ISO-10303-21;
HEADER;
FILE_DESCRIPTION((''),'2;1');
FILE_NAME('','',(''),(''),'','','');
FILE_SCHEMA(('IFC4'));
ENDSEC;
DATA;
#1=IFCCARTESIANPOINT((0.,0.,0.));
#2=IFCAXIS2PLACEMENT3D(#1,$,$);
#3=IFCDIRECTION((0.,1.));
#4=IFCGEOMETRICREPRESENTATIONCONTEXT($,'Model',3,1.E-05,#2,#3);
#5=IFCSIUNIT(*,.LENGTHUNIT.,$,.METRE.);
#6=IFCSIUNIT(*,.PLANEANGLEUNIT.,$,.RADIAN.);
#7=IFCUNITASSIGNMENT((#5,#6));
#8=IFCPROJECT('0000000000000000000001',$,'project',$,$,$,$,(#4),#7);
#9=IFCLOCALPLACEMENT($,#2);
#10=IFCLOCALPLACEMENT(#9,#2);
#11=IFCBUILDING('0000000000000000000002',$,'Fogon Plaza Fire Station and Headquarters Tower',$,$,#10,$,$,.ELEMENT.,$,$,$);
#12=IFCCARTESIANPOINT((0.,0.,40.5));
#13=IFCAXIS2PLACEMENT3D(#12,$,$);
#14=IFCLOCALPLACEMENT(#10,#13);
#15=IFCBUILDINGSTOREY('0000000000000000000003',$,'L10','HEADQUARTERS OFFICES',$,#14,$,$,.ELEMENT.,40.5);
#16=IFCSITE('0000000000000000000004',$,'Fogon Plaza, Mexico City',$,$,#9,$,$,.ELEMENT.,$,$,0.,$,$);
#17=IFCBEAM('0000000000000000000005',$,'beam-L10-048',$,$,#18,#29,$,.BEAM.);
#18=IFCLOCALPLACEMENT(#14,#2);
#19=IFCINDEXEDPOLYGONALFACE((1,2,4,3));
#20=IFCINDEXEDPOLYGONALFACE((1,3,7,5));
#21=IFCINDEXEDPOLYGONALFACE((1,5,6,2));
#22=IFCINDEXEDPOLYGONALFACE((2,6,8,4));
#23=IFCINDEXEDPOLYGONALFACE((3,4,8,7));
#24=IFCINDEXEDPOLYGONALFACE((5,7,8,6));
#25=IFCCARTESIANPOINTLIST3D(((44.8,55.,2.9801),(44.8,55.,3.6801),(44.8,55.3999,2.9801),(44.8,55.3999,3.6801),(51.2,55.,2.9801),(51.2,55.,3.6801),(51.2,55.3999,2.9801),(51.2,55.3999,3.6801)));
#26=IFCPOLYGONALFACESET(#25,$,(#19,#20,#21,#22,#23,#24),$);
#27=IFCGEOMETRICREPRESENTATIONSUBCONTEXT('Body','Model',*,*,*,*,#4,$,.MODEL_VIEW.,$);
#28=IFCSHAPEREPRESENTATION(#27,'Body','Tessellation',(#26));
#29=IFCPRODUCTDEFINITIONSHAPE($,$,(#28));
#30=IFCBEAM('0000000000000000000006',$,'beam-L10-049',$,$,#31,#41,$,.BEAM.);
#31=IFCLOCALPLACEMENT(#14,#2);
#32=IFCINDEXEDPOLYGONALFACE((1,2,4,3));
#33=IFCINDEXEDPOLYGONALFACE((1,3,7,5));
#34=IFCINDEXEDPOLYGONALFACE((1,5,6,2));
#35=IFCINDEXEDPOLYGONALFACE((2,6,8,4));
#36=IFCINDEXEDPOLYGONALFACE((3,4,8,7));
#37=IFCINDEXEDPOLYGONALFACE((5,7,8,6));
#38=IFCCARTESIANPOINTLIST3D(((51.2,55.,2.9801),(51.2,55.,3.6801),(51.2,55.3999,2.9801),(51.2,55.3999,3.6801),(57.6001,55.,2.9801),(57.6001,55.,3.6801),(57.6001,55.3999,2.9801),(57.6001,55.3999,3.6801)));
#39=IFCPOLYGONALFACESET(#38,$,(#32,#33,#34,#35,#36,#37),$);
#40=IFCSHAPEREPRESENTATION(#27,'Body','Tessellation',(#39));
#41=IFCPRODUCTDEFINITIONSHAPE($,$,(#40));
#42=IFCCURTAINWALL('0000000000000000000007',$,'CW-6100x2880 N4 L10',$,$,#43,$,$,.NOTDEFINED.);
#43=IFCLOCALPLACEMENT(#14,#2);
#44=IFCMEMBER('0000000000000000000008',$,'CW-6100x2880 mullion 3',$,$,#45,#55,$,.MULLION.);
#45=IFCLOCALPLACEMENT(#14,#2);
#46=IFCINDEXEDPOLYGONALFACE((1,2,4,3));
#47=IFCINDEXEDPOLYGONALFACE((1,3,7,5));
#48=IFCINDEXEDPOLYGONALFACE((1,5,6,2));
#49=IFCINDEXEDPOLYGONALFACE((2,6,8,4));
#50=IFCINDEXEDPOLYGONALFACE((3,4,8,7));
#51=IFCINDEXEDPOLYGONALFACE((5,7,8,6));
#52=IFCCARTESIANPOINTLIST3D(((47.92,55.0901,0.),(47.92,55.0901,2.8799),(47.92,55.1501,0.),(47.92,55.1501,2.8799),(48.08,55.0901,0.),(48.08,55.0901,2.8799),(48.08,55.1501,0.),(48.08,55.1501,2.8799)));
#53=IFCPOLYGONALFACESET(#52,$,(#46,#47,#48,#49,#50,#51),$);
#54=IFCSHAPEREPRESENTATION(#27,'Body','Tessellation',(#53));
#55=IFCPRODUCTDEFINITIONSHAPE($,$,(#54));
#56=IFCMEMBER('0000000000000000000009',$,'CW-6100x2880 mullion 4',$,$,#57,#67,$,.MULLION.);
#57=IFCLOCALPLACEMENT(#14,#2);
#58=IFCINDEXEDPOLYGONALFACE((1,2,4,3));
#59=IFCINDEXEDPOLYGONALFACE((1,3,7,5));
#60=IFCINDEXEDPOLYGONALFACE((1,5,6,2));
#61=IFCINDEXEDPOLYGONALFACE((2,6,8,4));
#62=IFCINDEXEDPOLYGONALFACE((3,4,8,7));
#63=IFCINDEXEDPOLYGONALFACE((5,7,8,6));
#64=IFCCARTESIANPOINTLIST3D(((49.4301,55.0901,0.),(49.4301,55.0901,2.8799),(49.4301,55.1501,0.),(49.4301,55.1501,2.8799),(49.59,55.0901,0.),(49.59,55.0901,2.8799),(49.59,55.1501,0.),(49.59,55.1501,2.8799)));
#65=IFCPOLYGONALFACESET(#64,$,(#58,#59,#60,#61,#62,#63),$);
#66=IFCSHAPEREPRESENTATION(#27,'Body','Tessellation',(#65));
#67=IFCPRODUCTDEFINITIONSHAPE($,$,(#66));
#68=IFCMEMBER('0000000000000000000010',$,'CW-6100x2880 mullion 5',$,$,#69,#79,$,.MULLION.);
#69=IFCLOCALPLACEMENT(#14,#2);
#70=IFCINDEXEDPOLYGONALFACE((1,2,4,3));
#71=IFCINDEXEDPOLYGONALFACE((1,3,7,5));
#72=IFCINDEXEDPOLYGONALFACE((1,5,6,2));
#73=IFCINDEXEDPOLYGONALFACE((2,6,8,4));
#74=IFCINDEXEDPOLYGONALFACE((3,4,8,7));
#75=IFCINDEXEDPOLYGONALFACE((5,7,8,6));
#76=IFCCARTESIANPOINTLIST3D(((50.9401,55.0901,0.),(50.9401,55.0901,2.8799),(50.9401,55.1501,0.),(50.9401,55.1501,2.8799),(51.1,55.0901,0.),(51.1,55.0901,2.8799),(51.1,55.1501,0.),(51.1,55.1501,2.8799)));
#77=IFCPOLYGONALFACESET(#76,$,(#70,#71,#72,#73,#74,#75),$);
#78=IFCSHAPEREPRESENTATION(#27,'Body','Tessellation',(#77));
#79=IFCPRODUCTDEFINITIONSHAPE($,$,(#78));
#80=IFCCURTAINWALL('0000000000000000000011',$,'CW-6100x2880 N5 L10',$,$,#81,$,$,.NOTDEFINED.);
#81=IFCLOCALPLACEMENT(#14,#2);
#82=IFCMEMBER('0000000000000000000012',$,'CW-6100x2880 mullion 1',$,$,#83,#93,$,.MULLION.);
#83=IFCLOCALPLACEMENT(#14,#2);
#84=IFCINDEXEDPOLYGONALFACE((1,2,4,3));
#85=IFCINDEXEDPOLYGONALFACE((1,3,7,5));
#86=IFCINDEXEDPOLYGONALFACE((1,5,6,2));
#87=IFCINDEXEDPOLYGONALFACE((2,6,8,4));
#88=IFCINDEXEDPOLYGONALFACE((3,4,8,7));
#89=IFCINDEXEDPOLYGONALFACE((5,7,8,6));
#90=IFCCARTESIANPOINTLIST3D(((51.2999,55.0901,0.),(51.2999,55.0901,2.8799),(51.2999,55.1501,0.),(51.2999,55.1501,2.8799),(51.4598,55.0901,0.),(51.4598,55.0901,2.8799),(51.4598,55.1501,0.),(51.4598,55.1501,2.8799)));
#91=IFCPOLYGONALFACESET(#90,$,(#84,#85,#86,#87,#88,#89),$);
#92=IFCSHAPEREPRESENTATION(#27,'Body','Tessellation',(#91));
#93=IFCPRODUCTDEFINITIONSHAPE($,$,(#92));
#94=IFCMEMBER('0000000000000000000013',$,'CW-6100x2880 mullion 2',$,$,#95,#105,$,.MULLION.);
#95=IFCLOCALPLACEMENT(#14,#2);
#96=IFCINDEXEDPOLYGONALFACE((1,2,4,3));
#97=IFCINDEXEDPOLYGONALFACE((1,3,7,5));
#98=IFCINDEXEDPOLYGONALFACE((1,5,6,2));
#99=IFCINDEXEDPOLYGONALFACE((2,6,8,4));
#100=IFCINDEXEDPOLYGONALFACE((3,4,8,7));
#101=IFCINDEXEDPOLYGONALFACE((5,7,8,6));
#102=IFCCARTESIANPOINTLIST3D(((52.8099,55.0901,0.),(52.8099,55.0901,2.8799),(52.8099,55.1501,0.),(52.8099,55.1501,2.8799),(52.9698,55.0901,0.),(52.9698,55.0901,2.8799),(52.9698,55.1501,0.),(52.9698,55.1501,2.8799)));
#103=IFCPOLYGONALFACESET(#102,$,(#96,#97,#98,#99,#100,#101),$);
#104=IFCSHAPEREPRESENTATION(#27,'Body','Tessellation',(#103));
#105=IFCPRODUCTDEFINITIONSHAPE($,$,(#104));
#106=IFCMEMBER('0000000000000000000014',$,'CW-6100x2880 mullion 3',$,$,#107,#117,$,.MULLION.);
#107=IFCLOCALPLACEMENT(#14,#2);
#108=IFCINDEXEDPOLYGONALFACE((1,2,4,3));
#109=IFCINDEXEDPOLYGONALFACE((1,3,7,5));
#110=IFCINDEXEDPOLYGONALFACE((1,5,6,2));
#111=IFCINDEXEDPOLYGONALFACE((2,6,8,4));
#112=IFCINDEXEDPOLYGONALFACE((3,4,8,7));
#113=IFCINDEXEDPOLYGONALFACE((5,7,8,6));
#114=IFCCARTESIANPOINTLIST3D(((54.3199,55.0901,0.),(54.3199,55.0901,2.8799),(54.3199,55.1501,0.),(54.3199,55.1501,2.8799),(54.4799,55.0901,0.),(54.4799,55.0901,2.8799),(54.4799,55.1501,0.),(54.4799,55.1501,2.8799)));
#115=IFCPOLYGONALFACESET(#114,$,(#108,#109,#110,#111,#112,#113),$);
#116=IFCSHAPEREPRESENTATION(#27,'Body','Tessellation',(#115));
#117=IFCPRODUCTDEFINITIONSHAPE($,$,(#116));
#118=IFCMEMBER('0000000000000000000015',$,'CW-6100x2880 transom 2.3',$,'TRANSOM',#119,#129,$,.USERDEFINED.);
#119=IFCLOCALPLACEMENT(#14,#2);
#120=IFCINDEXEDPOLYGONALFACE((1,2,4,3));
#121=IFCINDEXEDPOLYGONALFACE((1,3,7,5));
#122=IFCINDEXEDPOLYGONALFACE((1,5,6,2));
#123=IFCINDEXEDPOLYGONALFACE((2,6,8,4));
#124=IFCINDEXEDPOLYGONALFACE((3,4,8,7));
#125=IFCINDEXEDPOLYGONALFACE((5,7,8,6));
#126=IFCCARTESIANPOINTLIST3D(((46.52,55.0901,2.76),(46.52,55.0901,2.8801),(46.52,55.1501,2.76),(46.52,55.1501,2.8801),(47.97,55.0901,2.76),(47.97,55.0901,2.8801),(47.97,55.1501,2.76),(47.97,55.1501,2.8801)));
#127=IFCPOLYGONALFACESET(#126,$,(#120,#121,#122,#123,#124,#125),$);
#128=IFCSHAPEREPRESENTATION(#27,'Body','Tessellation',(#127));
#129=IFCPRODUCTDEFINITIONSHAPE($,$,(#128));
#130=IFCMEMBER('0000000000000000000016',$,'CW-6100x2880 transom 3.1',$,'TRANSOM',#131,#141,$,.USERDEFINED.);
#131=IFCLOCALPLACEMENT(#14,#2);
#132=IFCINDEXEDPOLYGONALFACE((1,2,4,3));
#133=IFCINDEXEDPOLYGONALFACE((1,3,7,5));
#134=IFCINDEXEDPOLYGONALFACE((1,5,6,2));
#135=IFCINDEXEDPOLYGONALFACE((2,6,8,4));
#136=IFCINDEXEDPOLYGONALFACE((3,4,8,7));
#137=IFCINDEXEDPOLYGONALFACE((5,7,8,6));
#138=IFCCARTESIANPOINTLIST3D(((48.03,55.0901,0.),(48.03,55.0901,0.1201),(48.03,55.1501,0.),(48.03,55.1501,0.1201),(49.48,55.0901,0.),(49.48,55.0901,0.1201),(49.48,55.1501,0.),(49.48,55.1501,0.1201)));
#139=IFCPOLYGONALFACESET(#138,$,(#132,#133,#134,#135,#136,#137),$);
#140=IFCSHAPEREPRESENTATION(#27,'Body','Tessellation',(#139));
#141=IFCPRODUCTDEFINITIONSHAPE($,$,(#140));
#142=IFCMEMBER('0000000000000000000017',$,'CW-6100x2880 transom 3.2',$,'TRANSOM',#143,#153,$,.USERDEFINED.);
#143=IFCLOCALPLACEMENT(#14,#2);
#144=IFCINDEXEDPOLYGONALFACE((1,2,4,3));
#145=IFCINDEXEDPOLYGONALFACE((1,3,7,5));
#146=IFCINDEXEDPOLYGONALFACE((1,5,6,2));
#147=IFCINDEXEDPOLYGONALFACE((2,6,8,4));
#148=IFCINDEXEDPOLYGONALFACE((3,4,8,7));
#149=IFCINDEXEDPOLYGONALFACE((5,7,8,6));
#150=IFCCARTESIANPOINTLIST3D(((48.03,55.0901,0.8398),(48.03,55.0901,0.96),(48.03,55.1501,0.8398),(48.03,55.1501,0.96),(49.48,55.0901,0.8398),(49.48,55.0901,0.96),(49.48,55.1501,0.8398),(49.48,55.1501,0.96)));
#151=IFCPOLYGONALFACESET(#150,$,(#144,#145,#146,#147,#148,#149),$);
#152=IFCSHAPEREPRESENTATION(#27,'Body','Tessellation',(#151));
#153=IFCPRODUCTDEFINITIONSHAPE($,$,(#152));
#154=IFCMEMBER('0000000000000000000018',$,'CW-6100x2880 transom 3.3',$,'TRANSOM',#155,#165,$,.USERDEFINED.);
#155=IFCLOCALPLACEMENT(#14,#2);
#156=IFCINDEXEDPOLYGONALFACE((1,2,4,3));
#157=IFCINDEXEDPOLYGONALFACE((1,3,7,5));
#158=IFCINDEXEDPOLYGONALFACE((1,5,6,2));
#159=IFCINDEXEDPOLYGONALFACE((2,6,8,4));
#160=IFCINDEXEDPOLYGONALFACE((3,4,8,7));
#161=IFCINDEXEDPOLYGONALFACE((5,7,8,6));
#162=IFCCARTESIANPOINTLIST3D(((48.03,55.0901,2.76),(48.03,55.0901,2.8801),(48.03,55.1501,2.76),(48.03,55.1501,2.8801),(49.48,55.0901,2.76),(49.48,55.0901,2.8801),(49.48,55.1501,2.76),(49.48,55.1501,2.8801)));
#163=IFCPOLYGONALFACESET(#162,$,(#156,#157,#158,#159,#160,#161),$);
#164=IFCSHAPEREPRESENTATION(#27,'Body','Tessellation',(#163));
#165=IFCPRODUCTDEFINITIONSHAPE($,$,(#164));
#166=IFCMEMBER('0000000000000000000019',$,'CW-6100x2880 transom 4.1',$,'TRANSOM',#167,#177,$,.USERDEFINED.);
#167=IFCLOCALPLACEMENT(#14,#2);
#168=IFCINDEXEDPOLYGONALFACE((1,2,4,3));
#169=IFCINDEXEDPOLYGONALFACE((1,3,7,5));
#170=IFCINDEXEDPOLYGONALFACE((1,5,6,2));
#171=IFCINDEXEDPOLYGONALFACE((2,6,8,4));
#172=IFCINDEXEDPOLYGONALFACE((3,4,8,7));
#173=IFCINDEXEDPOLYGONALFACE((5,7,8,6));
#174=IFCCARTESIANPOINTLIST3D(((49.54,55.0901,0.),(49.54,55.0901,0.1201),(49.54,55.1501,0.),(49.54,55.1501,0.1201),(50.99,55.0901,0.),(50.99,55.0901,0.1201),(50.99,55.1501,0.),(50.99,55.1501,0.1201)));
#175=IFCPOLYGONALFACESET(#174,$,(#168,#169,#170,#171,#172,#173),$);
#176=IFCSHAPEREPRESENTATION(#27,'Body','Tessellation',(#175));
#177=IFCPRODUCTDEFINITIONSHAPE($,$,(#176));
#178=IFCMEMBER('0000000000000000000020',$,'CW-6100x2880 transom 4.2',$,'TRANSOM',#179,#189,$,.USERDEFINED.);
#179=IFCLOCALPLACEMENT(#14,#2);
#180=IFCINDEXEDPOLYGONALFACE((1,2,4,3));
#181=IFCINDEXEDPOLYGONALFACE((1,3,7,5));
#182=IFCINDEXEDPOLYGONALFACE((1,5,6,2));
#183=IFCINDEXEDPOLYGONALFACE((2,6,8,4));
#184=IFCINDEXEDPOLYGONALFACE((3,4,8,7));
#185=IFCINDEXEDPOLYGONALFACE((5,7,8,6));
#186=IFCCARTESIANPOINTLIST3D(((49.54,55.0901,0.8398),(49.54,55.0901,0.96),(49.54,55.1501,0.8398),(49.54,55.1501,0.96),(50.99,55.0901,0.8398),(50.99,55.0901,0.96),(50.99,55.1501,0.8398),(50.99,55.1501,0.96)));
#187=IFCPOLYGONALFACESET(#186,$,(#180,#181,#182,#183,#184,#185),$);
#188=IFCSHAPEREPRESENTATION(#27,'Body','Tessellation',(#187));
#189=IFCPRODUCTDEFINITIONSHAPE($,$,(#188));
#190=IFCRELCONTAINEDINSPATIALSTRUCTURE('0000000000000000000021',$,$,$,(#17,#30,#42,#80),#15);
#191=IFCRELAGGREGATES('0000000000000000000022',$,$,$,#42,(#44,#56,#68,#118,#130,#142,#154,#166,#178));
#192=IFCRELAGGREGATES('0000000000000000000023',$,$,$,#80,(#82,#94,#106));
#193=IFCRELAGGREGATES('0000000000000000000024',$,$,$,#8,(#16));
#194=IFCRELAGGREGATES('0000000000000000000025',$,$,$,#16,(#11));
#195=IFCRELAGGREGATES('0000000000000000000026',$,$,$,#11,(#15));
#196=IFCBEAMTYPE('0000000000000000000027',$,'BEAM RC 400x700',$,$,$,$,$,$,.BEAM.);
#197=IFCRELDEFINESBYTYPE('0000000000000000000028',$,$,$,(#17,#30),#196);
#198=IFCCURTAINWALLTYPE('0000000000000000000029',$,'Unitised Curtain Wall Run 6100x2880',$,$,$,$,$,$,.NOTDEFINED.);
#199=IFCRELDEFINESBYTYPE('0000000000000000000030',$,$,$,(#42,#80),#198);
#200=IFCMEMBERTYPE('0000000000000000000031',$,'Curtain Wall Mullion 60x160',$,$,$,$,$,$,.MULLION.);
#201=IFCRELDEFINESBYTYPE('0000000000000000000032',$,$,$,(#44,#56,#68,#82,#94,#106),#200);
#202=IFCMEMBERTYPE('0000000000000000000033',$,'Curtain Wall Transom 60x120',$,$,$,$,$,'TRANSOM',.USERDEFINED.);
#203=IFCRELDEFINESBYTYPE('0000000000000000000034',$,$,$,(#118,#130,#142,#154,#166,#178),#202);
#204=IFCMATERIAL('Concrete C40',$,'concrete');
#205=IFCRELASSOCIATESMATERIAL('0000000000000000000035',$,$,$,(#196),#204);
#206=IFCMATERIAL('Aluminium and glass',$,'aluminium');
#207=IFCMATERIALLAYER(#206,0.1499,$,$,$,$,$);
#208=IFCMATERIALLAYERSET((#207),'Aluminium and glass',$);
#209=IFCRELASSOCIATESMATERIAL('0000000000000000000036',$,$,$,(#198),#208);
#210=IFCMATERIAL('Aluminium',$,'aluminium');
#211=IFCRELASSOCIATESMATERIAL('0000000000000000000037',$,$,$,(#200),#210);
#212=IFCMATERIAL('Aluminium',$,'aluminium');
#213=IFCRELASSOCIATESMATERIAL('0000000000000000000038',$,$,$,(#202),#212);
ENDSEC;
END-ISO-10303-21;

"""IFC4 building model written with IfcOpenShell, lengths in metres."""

from ifc_helpers import new_model, si_unit, direction, frame, origin, origin_2d, place, context, subcontext, project, spatial, rectangle, extrude, material, layer, layer_set, material_profile, profile_set, type_object, element, aggregate, save


model = new_model("IFC4")

# Units and contexts
model_context = context("Model", 3, precision=1e-05, world=origin(), true_north=direction((0.0, 1.0)))
body_context = subcontext(model_context, "Body", "Model", "MODEL_VIEW")
ifc_project = project(units=[si_unit("LENGTHUNIT", "METRE"), si_unit("PLANEANGLEUNIT", "RADIAN")], contexts=[model_context])

# Site, building, storey
site_placement = place(None, origin())
site = spatial("IfcSite", under=ifc_project, at=site_placement, Name="Fogon Plaza, Mexico City", CompositionType="ELEMENT", RefElevation=0.0)
building_placement = place(site_placement, origin())
building = spatial("IfcBuilding", under=site, at=building_placement, Name="Fogon Plaza Fire Station and Headquarters Tower", CompositionType="ELEMENT")
storey_placement = place(building_placement, frame((0.0, 0.0, 40.5)))
storey = spatial("IfcBuildingStorey", under=building, at=storey_placement, Name="L10", Description="HEADQUARTERS OFFICES", CompositionType="ELEMENT", Elevation=40.5)

# Beams
ifc_material_1 = material(Name="Concrete C40", Category="concrete")
ifc_material_profile_1 = material_profile(ifc_material_1, rectangle(XDim=0.3999, YDim=0.7, at=origin_2d()), Name="RC 400x700")
ifc_profile_set_1 = profile_set([ifc_material_profile_1], Name="Concrete C40")
beam_type = type_object("IfcBeamType", Name="BEAM RC 400x700", PredefinedType="BEAM", material=ifc_profile_set_1)
beam_1_placement = place(storey_placement, frame((44.8, 55.2, 3.3301), z_axis=(1.0, 0.0, 0.0), x_axis=(0.0, 1.0, 0.0)))
element("IfcBeam", 1, at=beam_1_placement, inside=storey, type_object=beam_type, Name="beam-L10-048", PredefinedType="BEAM", context=body_context, shape_type="SweptSolid", body=[
    extrude(rectangle(XDim=0.3999, YDim=0.7, at=origin_2d()), origin(), (0.0, 0.0, 1.0), 6.3999),
])
beam_2_placement = place(storey_placement, frame((51.2, 55.2, 3.3301), z_axis=(1.0, 0.0, 0.0), x_axis=(0.0, 1.0, 0.0)))
element("IfcBeam", 2, at=beam_2_placement, inside=storey, type_object=beam_type, Name="beam-L10-049", PredefinedType="BEAM", context=body_context, shape_type="SweptSolid", body=[
    extrude(rectangle(XDim=0.3999, YDim=0.7, at=origin_2d()), origin(), (0.0, 0.0, 1.0), 6.4001),
])

# Curtain walls, members
ifc_material_2 = material(Name="Aluminium and glass", Category="aluminium")
ifc_layer_1 = layer(ifc_material_2, 0.1499)
ifc_layer_set_1 = layer_set([ifc_layer_1], Name="Aluminium and glass")
curtain_wall_type = type_object("IfcCurtainWallType", Name="Unitised Curtain Wall Run 6100x2880", PredefinedType="NOTDEFINED", material=ifc_layer_set_1)
curtain_wall_1_placement = place(storey_placement, origin())
curtain_wall_1 = element("IfcCurtainWall", 3, at=curtain_wall_1_placement, inside=storey, type_object=curtain_wall_type, Name="CW-6100x2880 N4 L10", PredefinedType="NOTDEFINED")
ifc_material_3 = material(Name="Aluminium", Category="aluminium")
ifc_material_profile_2 = material_profile(ifc_material_3, rectangle(XDim=0.0601, YDim=0.1599, at=origin_2d()), Name="Curtain Wall Mullion 60x160")
ifc_profile_set_2 = profile_set([ifc_material_profile_2], Name="Aluminium")
member_type_1 = type_object("IfcMemberType", Name="Curtain Wall Mullion 60x160", PredefinedType="MULLION", material=ifc_profile_set_2)
member_1_placement = place(storey_placement, frame((48.0, 55.1201, 0.0), z_axis=(0.0, 0.0, 1.0), x_axis=(0.0, 1.0, 0.0)))
member_1 = element("IfcMember", 4, at=member_1_placement, type_object=member_type_1, Name="CW-6100x2880 mullion 3", PredefinedType="MULLION", context=body_context, shape_type="SweptSolid", body=[
    extrude(rectangle(XDim=0.0601, YDim=0.1599, at=origin_2d()), origin(), (0.0, 0.0, 1.0), 2.8799),
])
member_2_placement = place(storey_placement, frame((49.51, 55.1201, 0.0), z_axis=(0.0, 0.0, 1.0), x_axis=(0.0, 1.0, 0.0)))
member_2 = element("IfcMember", 5, at=member_2_placement, type_object=member_type_1, Name="CW-6100x2880 mullion 4", PredefinedType="MULLION", context=body_context, shape_type="SweptSolid", body=[
    extrude(rectangle(XDim=0.0601, YDim=0.1599, at=origin_2d()), origin(), (0.0, 0.0, 1.0), 2.8799),
])
member_3_placement = place(storey_placement, frame((51.02, 55.1201, 0.0), z_axis=(0.0, 0.0, 1.0), x_axis=(0.0, 1.0, 0.0)))
member_3 = element("IfcMember", 6, at=member_3_placement, type_object=member_type_1, Name="CW-6100x2880 mullion 5", PredefinedType="MULLION", context=body_context, shape_type="SweptSolid", body=[
    extrude(rectangle(XDim=0.0601, YDim=0.1599, at=origin_2d()), origin(), (0.0, 0.0, 1.0), 2.8799),
])
curtain_wall_2_placement = place(storey_placement, origin())
curtain_wall_2 = element("IfcCurtainWall", 7, at=curtain_wall_2_placement, inside=storey, type_object=curtain_wall_type, Name="CW-6100x2880 N5 L10", PredefinedType="NOTDEFINED")
member_4_placement = place(storey_placement, frame((51.3799, 55.1201, 0.0), z_axis=(0.0, 0.0, 1.0), x_axis=(0.0, 1.0, 0.0)))
member_4 = element("IfcMember", 8, at=member_4_placement, type_object=member_type_1, Name="CW-6100x2880 mullion 1", PredefinedType="MULLION", context=body_context, shape_type="SweptSolid", body=[
    extrude(rectangle(XDim=0.0601, YDim=0.1599, at=origin_2d()), origin(), (0.0, 0.0, 1.0), 2.8799),
])
member_5_placement = place(storey_placement, frame((52.8899, 55.1201, 0.0), z_axis=(0.0, 0.0, 1.0), x_axis=(0.0, 1.0, 0.0)))
member_5 = element("IfcMember", 9, at=member_5_placement, type_object=member_type_1, Name="CW-6100x2880 mullion 2", PredefinedType="MULLION", context=body_context, shape_type="SweptSolid", body=[
    extrude(rectangle(XDim=0.0601, YDim=0.1599, at=origin_2d()), origin(), (0.0, 0.0, 1.0), 2.8799),
])
member_6_placement = place(storey_placement, frame((54.3999, 55.1201, 0.0), z_axis=(0.0, 0.0, 1.0), x_axis=(0.0, 1.0, 0.0)))
member_6 = element("IfcMember", 10, at=member_6_placement, type_object=member_type_1, Name="CW-6100x2880 mullion 3", PredefinedType="MULLION", context=body_context, shape_type="SweptSolid", body=[
    extrude(rectangle(XDim=0.0601, YDim=0.1599, at=origin_2d()), origin(), (0.0, 0.0, 1.0), 2.8799),
])

# Members
ifc_material_4 = material(Name="Aluminium", Category="aluminium")
ifc_material_profile_3 = material_profile(ifc_material_4, rectangle(XDim=0.0601, YDim=0.1201, at=origin_2d()), Name="Curtain Wall Transom 60x120")
ifc_profile_set_3 = profile_set([ifc_material_profile_3], Name="Aluminium")
member_type_2 = type_object("IfcMemberType", Name="Curtain Wall Transom 60x120", ElementType="TRANSOM", PredefinedType="USERDEFINED", material=ifc_profile_set_3)
member_7_placement = place(storey_placement, frame((46.52, 55.1201, 2.8201), z_axis=(1.0, 0.0, 0.0), x_axis=(0.0, 1.0, 0.0)))
member_7 = element("IfcMember", 11, at=member_7_placement, type_object=member_type_2, Name="CW-6100x2880 transom 2.3", ObjectType="TRANSOM", PredefinedType="USERDEFINED", context=body_context, shape_type="SweptSolid", body=[
    extrude(rectangle(XDim=0.0601, YDim=0.1201, at=origin_2d()), origin(), (0.0, 0.0, 1.0), 1.45),
])
member_8_placement = place(storey_placement, frame((48.03, 55.1201, 0.0601), z_axis=(1.0, 0.0, 0.0), x_axis=(0.0, 1.0, 0.0)))
member_8 = element("IfcMember", 12, at=member_8_placement, type_object=member_type_2, Name="CW-6100x2880 transom 3.1", ObjectType="TRANSOM", PredefinedType="USERDEFINED", context=body_context, shape_type="SweptSolid", body=[
    extrude(rectangle(XDim=0.0601, YDim=0.1201, at=origin_2d()), origin(), (0.0, 0.0, 1.0), 1.45),
])
member_9_placement = place(storey_placement, frame((48.03, 55.1201, 0.8999), z_axis=(1.0, 0.0, 0.0), x_axis=(0.0, 1.0, 0.0)))
member_9 = element("IfcMember", 13, at=member_9_placement, type_object=member_type_2, Name="CW-6100x2880 transom 3.2", ObjectType="TRANSOM", PredefinedType="USERDEFINED", context=body_context, shape_type="SweptSolid", body=[
    extrude(rectangle(XDim=0.0601, YDim=0.1201, at=origin_2d()), origin(), (0.0, 0.0, 1.0), 1.45),
])
member_10_placement = place(storey_placement, frame((48.03, 55.1201, 2.8201), z_axis=(1.0, 0.0, 0.0), x_axis=(0.0, 1.0, 0.0)))
member_10 = element("IfcMember", 14, at=member_10_placement, type_object=member_type_2, Name="CW-6100x2880 transom 3.3", ObjectType="TRANSOM", PredefinedType="USERDEFINED", context=body_context, shape_type="SweptSolid", body=[
    extrude(rectangle(XDim=0.0601, YDim=0.1201, at=origin_2d()), origin(), (0.0, 0.0, 1.0), 1.45),
])
member_11_placement = place(storey_placement, frame((49.54, 55.1201, 0.0601), z_axis=(1.0, 0.0, 0.0), x_axis=(0.0, 1.0, 0.0)))
member_11 = element("IfcMember", 15, at=member_11_placement, type_object=member_type_2, Name="CW-6100x2880 transom 4.1", ObjectType="TRANSOM", PredefinedType="USERDEFINED", context=body_context, shape_type="SweptSolid", body=[
    extrude(rectangle(XDim=0.0601, YDim=0.1201, at=origin_2d()), origin(), (0.0, 0.0, 1.0), 1.45),
])
member_12_placement = place(storey_placement, frame((49.54, 55.1201, 0.8999), z_axis=(1.0, 0.0, 0.0), x_axis=(0.0, 1.0, 0.0)))
member_12 = element("IfcMember", 16, at=member_12_placement, type_object=member_type_2, Name="CW-6100x2880 transom 4.2", ObjectType="TRANSOM", PredefinedType="USERDEFINED", context=body_context, shape_type="SweptSolid", body=[
    extrude(rectangle(XDim=0.0601, YDim=0.1201, at=origin_2d()), origin(), (0.0, 0.0, 1.0), 1.45),
])

aggregate(curtain_wall_1, [member_1, member_2, member_3, member_7, member_8, member_9, member_10, member_11, member_12])
aggregate(curtain_wall_2, [member_4, member_5, member_6])

save(model, "model.ifc")
